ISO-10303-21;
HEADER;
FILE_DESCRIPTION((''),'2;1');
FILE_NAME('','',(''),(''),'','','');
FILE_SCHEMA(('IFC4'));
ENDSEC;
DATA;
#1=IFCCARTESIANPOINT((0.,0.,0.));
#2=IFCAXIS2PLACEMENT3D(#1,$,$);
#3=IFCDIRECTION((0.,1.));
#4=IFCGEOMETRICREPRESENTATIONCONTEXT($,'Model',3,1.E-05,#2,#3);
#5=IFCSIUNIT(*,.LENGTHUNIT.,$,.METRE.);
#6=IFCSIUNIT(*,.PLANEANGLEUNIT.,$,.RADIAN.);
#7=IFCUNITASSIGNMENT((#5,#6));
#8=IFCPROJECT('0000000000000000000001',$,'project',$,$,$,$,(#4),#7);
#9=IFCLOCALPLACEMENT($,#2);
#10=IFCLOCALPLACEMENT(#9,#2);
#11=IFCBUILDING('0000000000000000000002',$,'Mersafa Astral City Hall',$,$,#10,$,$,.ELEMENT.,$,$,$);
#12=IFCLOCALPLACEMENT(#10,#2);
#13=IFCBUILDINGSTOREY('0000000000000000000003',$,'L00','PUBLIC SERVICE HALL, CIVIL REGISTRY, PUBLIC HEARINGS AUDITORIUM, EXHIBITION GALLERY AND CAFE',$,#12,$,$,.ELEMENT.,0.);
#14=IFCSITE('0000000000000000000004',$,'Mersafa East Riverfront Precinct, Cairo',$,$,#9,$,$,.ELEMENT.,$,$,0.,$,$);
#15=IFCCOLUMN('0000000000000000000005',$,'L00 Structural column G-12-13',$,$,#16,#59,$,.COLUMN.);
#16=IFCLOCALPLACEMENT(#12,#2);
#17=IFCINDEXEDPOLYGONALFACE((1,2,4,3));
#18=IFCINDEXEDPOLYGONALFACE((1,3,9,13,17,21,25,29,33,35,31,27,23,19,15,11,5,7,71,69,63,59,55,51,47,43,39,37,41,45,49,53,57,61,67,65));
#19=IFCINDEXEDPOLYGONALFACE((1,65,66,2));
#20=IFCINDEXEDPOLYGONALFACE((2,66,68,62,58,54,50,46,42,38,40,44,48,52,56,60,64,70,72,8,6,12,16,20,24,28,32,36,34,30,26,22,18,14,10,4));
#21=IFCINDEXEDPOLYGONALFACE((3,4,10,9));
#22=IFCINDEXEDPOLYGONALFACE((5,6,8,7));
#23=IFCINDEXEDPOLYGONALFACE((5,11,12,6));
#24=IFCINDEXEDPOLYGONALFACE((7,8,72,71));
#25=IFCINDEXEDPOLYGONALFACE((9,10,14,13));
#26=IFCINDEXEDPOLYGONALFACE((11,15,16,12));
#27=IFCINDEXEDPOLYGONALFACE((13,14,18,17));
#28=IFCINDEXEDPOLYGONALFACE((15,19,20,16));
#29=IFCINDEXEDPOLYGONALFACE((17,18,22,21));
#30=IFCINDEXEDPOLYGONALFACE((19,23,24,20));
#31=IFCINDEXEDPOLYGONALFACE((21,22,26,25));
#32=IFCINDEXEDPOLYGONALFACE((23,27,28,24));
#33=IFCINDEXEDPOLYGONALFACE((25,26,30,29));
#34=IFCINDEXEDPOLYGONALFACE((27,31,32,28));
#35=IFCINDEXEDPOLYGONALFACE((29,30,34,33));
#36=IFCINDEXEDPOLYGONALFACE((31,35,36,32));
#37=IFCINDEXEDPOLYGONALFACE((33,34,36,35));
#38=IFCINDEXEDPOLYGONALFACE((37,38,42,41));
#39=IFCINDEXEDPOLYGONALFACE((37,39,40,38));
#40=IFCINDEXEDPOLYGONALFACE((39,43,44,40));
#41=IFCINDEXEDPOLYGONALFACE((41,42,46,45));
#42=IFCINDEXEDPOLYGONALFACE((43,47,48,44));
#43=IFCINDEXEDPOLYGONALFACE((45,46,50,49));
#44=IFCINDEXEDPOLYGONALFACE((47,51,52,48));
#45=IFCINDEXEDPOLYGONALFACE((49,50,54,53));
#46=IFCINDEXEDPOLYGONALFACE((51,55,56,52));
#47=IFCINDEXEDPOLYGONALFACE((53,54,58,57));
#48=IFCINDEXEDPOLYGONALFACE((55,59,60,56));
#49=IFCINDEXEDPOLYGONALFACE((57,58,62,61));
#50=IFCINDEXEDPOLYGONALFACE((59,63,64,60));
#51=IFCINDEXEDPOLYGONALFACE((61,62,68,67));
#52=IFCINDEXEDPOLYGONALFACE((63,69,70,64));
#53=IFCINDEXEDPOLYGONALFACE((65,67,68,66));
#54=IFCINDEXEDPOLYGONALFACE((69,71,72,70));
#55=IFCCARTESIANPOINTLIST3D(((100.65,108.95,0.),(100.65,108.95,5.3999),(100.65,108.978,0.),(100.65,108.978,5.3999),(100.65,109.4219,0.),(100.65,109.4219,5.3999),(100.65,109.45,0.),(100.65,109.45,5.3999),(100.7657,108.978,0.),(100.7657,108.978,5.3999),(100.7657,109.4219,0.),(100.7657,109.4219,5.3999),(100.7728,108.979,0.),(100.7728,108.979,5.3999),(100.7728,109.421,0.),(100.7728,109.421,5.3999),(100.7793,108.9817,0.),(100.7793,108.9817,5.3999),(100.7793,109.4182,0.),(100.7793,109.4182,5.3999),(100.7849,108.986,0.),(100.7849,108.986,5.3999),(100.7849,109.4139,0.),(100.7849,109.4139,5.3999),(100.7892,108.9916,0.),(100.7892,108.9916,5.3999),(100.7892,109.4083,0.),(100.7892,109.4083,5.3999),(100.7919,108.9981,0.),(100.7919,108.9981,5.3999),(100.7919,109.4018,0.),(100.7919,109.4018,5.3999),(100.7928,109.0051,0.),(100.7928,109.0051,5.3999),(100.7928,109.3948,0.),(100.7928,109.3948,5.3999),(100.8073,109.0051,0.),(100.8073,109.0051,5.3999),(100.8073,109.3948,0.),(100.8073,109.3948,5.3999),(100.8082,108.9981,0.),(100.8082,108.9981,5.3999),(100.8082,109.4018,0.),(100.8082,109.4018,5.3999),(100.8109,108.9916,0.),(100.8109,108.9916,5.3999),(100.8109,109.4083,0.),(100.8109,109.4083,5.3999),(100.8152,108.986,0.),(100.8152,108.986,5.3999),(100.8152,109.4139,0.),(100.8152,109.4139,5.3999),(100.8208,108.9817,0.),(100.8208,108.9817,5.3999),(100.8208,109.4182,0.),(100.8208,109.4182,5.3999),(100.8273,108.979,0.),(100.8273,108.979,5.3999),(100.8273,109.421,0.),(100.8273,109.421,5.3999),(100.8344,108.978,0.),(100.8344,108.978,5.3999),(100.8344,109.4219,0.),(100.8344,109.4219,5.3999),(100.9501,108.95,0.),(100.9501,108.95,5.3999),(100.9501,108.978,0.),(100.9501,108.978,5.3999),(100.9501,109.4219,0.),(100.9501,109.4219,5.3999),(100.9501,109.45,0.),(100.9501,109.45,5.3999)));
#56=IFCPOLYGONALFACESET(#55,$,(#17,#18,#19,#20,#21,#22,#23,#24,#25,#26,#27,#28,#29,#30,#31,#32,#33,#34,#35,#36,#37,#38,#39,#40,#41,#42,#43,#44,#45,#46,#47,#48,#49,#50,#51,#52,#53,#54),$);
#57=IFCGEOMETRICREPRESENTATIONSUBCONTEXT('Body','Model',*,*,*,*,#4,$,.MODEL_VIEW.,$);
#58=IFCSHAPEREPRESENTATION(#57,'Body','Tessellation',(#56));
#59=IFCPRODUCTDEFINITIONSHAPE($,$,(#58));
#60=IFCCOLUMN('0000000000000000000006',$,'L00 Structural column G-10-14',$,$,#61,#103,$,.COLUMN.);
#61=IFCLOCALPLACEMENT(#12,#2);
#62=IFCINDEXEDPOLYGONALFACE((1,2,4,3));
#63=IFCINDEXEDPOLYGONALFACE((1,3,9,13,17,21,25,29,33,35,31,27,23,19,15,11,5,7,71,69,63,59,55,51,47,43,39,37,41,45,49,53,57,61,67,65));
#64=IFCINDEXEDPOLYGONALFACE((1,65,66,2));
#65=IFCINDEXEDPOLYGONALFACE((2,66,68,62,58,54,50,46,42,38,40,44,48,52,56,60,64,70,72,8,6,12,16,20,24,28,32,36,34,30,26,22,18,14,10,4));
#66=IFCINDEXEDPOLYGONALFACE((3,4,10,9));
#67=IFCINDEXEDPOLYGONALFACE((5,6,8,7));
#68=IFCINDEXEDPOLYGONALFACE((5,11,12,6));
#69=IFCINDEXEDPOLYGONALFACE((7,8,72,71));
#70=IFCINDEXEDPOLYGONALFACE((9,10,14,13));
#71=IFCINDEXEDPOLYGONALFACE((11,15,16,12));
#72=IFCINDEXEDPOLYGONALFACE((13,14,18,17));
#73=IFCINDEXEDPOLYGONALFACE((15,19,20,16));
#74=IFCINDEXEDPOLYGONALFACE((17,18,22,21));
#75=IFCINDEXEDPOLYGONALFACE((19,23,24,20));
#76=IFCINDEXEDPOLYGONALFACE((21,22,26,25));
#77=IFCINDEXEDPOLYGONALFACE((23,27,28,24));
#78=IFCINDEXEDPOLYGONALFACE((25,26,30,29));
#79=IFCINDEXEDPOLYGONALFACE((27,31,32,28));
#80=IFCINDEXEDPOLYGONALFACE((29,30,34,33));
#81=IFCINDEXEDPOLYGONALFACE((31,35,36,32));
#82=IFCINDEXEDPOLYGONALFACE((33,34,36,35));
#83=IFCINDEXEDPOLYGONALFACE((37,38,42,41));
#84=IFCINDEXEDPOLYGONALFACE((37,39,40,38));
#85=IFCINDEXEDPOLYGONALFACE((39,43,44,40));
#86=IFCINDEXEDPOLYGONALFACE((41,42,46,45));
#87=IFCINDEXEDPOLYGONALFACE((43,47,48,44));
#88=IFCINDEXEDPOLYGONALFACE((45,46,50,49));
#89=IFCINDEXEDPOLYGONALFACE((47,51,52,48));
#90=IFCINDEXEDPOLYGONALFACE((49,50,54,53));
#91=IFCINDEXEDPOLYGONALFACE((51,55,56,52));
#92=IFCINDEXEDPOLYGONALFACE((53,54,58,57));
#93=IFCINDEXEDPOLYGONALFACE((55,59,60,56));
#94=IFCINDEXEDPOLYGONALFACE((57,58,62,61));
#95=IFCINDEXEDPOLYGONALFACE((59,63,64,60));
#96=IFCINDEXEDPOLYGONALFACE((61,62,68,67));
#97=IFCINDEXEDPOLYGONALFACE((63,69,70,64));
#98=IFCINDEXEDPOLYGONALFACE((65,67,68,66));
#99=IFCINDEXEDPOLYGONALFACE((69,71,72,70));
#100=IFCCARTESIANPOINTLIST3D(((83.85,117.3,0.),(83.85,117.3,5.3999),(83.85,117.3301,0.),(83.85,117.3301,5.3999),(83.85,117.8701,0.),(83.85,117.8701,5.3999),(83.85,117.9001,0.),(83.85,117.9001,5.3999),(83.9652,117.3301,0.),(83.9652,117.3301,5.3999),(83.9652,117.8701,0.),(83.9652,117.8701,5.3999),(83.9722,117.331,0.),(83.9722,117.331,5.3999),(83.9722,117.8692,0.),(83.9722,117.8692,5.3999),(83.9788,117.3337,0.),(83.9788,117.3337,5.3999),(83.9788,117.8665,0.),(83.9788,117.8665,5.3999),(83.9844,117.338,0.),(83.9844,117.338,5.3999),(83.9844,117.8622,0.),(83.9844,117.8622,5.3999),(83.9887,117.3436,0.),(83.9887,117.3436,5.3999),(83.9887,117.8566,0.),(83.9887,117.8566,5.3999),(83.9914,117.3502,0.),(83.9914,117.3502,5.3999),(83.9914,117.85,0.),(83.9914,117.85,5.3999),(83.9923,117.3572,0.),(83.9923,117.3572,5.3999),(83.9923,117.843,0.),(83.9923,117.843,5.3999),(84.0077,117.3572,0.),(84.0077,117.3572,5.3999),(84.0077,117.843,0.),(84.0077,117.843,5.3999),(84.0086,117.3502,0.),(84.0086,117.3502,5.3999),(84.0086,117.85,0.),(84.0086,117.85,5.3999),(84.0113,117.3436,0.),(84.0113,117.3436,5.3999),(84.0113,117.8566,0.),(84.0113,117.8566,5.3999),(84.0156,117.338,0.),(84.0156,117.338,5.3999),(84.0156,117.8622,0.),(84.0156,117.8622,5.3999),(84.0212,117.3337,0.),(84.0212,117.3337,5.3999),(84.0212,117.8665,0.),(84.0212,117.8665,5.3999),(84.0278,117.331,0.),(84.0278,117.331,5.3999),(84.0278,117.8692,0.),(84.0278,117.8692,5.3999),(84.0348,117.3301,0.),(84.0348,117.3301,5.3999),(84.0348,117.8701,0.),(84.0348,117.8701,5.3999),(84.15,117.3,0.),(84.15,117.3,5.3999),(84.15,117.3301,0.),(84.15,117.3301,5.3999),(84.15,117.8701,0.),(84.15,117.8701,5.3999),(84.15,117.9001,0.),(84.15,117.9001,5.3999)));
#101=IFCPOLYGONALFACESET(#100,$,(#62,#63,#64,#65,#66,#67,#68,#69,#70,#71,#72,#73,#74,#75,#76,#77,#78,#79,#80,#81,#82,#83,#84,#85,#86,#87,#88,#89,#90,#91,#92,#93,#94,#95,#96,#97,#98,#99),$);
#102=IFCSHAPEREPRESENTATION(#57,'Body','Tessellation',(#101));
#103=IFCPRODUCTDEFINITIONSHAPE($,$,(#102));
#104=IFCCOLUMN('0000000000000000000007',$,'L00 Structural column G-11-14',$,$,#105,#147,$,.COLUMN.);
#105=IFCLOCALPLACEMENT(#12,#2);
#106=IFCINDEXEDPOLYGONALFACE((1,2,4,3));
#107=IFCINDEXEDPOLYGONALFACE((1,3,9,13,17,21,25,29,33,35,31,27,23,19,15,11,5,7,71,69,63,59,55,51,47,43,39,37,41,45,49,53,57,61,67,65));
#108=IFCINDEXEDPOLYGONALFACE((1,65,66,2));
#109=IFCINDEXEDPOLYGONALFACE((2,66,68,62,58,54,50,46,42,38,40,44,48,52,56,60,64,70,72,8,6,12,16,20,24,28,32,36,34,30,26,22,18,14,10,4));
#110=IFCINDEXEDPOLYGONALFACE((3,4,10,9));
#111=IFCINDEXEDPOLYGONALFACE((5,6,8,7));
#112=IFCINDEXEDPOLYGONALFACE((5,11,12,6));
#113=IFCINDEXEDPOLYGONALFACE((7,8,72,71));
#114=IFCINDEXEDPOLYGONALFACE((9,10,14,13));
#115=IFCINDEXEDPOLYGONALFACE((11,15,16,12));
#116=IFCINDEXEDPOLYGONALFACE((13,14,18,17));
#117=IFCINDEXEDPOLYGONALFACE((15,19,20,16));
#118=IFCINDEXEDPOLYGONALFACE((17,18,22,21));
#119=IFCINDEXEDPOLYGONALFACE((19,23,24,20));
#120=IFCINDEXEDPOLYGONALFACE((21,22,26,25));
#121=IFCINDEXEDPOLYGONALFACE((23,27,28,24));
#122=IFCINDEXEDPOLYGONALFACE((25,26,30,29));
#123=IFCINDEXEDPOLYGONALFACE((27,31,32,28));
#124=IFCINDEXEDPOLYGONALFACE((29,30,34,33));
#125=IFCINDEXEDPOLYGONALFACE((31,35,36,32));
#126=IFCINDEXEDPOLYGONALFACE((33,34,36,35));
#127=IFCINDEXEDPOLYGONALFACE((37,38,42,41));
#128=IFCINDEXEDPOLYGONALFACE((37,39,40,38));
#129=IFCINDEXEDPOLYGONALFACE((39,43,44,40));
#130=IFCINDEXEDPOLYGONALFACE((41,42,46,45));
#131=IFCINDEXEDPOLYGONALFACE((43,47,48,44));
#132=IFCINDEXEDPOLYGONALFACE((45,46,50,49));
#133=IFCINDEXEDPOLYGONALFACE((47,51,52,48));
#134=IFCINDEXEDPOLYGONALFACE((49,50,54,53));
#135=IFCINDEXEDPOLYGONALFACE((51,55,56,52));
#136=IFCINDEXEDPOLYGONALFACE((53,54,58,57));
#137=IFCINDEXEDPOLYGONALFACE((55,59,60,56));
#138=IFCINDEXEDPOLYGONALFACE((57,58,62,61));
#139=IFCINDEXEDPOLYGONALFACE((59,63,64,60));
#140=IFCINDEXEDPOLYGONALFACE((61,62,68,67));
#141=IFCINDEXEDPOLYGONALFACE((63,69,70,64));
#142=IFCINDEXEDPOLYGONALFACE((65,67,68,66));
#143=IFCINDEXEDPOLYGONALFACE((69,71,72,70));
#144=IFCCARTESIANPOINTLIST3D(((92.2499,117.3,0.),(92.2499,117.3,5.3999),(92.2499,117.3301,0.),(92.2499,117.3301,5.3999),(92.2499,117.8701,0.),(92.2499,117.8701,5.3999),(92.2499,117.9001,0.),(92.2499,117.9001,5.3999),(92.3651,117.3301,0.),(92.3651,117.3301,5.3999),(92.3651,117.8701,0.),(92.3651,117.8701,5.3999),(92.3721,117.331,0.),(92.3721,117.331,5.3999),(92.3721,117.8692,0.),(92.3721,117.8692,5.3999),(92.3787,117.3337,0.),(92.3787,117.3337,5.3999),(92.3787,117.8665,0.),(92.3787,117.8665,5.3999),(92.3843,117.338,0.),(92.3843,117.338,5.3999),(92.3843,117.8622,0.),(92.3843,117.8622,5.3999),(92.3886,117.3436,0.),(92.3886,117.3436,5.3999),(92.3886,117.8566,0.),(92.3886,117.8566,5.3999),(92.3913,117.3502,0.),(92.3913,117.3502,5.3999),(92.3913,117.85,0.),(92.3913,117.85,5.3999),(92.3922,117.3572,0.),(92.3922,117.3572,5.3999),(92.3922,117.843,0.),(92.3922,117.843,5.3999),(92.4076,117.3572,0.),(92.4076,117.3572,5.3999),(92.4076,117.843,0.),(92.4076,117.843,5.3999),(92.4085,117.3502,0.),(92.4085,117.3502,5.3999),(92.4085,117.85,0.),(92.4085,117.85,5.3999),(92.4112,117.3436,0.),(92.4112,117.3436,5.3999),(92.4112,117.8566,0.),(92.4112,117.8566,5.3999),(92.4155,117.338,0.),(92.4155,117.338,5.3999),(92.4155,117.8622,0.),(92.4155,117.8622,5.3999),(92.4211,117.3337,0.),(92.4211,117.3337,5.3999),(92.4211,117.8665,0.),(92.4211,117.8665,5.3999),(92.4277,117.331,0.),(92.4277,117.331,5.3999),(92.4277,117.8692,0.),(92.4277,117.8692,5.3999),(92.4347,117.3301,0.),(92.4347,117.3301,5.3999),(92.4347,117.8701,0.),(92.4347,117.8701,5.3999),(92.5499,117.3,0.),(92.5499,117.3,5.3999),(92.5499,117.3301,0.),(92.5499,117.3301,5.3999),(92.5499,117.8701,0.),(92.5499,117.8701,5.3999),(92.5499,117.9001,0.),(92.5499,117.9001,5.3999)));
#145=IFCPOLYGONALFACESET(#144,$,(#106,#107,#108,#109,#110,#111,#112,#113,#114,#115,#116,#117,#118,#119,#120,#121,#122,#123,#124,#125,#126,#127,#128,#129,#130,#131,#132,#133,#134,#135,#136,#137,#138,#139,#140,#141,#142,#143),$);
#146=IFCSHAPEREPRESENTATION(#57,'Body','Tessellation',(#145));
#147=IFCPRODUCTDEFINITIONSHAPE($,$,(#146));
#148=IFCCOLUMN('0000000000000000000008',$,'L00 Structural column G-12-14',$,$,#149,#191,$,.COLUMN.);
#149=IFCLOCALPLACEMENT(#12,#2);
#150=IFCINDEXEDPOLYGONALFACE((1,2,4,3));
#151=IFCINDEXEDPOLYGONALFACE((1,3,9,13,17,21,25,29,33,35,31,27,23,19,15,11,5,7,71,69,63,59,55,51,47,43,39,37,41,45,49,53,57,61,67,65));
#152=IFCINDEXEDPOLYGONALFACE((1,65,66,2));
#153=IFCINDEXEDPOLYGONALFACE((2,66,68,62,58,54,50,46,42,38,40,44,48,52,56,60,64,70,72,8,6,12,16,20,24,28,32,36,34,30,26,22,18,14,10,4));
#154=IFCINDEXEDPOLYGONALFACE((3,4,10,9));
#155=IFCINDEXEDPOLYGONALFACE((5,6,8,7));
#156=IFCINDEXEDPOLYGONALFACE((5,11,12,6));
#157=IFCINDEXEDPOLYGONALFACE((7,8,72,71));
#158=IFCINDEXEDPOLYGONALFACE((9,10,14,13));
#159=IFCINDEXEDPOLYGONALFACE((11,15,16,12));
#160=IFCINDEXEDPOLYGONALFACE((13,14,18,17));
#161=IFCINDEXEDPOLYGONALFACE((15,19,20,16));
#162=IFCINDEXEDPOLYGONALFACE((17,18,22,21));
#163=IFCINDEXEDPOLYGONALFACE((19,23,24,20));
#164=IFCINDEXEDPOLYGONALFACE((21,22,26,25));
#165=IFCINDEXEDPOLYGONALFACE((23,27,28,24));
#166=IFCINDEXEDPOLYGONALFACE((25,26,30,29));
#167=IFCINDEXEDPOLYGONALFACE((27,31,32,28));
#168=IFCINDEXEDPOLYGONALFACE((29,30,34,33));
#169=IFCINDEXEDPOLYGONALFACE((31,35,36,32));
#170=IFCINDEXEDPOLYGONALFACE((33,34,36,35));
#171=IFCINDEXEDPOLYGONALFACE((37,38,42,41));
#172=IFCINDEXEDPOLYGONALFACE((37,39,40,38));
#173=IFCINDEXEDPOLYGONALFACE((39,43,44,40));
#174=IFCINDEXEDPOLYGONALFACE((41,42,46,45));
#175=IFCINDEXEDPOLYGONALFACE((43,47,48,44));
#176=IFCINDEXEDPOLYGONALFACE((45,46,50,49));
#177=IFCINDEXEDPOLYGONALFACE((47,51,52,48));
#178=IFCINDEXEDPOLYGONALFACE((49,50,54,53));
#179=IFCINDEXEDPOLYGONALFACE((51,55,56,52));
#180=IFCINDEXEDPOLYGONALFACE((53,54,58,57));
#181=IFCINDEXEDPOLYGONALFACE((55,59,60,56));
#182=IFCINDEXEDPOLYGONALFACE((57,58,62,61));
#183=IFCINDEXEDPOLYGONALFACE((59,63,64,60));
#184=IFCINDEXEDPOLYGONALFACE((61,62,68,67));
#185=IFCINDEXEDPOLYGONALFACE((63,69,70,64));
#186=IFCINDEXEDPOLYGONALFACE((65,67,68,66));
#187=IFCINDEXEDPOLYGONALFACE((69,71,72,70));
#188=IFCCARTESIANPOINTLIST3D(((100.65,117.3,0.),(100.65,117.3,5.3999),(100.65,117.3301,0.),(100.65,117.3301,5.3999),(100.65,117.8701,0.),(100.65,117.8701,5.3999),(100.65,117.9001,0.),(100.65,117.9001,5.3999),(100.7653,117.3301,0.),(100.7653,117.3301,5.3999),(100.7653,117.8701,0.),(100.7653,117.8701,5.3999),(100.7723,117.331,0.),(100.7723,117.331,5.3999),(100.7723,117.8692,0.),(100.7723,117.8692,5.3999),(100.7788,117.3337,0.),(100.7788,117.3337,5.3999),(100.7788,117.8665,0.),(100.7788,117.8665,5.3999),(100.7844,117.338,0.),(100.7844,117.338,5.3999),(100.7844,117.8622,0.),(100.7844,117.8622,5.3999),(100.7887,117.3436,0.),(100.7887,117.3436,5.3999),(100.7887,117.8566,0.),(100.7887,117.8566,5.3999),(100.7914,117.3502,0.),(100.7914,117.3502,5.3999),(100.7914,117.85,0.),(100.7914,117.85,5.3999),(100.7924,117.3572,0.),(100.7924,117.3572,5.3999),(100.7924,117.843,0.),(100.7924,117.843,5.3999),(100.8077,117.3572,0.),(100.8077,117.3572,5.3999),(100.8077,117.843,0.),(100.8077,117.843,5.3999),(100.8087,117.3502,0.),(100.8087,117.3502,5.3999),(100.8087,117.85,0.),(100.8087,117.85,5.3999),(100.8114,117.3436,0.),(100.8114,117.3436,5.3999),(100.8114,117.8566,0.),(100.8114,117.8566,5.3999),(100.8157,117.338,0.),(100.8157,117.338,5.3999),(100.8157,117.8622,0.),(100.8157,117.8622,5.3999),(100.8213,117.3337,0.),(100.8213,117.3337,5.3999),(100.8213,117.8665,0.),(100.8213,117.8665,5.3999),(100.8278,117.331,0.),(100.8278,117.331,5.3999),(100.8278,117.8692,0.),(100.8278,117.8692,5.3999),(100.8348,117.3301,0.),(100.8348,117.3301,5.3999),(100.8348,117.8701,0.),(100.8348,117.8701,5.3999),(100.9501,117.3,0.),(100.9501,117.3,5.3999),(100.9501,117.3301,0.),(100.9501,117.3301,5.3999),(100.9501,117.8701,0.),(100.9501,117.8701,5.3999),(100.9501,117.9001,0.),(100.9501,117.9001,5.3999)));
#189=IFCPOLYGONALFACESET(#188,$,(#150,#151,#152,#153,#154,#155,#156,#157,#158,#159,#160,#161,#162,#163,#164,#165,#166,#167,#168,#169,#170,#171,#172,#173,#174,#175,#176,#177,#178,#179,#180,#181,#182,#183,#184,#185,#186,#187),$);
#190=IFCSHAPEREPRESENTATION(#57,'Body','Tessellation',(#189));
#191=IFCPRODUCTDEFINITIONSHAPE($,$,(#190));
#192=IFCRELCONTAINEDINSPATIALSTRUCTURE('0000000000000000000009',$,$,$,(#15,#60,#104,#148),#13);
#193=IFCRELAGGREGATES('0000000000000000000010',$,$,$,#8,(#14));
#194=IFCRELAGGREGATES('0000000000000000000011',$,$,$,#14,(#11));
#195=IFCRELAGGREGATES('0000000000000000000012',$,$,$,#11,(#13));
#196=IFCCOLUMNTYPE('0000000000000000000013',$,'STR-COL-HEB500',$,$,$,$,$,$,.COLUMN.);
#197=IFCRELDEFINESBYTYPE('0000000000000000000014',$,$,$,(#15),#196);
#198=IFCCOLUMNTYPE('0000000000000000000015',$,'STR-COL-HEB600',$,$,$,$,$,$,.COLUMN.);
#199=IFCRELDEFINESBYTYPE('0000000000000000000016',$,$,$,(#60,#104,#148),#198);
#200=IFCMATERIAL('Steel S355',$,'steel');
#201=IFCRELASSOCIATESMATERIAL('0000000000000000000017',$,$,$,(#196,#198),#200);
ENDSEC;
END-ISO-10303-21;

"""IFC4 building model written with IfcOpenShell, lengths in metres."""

from ifc_helpers import new_model, si_unit, direction, frame, origin, origin_2d, place, context, subcontext, project, spatial, i_section, extrude, material, material_profile, profile_set, type_object, element, save


model = new_model("IFC4")

# Units and contexts
model_context = context("Model", 3, precision=1e-05, world=origin(), true_north=direction((0.0, 1.0)))
body_context = subcontext(model_context, "Body", "Model", "MODEL_VIEW")
ifc_project = project(units=[si_unit("LENGTHUNIT", "METRE"), si_unit("PLANEANGLEUNIT", "RADIAN")], contexts=[model_context])

# Site, building, storey
site_placement = place(None, origin())
site = spatial("IfcSite", under=ifc_project, at=site_placement, Name="Mersafa East Riverfront Precinct, Cairo", CompositionType="ELEMENT", RefElevation=0.0)
building_placement = place(site_placement, origin())
building = spatial("IfcBuilding", under=site, at=building_placement, Name="Mersafa Astral City Hall", CompositionType="ELEMENT")
storey_placement = place(building_placement, origin())
storey = spatial("IfcBuildingStorey", under=building, at=storey_placement, Name="L00", Description="PUBLIC SERVICE HALL, CIVIL REGISTRY, PUBLIC HEARINGS AUDITORIUM, EXHIBITION GALLERY AND CAFE", CompositionType="ELEMENT", Elevation=0.0)

# Columns
ifc_material_1 = material(Name="Steel S355", Category="steel")
ifc_material_profile_1 = material_profile(ifc_material_1, i_section(OverallWidth=0.3, OverallDepth=0.5, WebThickness=0.0144, FlangeThickness=0.0281, FilletRadius=0.0271, at=origin_2d()), Name="HEB 500")
ifc_profile_set_1 = profile_set([ifc_material_profile_1], Name="Steel S355")
column_type_1 = type_object("IfcColumnType", Name="STR-COL-HEB500", PredefinedType="COLUMN", material=ifc_profile_set_1)
column_placement = place(storey_placement, frame((100.8, 109.2, 0.0), z_axis=(0.0, 0.0, 1.0), x_axis=(1.0, 0.0, 0.0)))
element("IfcColumn", 1, at=column_placement, inside=storey, type_object=column_type_1, Name="L00 Structural column G-12-13", PredefinedType="COLUMN", context=body_context, shape_type="SweptSolid", body=[
    extrude(i_section(OverallWidth=0.3, OverallDepth=0.5, WebThickness=0.0144, FlangeThickness=0.0281, FilletRadius=0.0271, at=origin_2d()), origin(), (0.0, 0.0, 1.0), 5.3999),
])
ifc_material_profile_2 = material_profile(ifc_material_1, i_section(OverallWidth=0.3, OverallDepth=0.6001, WebThickness=0.0154, FlangeThickness=0.03, FilletRadius=0.0271, at=origin_2d()), Name="HEB 600")
ifc_profile_set_2 = profile_set([ifc_material_profile_2], Name="Steel S355")
column_type_2 = type_object("IfcColumnType", Name="STR-COL-HEB600", PredefinedType="COLUMN", material=ifc_profile_set_2)
for number, where, z_axis, x_axis, name in (
    (2, (84.0, 117.6001, 0.0), (0.0, 0.0, 1.0), (1.0, 0.0, 0.0), "L00 Structural column G-10-14"),
    (3, (92.3999, 117.6001, 0.0), (0.0, 0.0, 1.0), (1.0, 0.0, 0.0), "L00 Structural column G-11-14"),
    (4, (100.8, 117.6001, 0.0), (0.0, 0.0, 1.0), (1.0, 0.0, 0.0), "L00 Structural column G-12-14"),
):
    element("IfcColumn", number, at=place(storey_placement, frame(where, z_axis=z_axis, x_axis=x_axis)), inside=storey, type_object=column_type_2, Name=name, PredefinedType="COLUMN", context=body_context, shape_type="SweptSolid", body=[
        extrude(i_section(OverallWidth=0.3, OverallDepth=0.6001, WebThickness=0.0154, FlangeThickness=0.03, FilletRadius=0.0271, at=origin_2d()), origin(), (0.0, 0.0, 1.0), 5.3999),
    ])

save(model, "model.ifc")
